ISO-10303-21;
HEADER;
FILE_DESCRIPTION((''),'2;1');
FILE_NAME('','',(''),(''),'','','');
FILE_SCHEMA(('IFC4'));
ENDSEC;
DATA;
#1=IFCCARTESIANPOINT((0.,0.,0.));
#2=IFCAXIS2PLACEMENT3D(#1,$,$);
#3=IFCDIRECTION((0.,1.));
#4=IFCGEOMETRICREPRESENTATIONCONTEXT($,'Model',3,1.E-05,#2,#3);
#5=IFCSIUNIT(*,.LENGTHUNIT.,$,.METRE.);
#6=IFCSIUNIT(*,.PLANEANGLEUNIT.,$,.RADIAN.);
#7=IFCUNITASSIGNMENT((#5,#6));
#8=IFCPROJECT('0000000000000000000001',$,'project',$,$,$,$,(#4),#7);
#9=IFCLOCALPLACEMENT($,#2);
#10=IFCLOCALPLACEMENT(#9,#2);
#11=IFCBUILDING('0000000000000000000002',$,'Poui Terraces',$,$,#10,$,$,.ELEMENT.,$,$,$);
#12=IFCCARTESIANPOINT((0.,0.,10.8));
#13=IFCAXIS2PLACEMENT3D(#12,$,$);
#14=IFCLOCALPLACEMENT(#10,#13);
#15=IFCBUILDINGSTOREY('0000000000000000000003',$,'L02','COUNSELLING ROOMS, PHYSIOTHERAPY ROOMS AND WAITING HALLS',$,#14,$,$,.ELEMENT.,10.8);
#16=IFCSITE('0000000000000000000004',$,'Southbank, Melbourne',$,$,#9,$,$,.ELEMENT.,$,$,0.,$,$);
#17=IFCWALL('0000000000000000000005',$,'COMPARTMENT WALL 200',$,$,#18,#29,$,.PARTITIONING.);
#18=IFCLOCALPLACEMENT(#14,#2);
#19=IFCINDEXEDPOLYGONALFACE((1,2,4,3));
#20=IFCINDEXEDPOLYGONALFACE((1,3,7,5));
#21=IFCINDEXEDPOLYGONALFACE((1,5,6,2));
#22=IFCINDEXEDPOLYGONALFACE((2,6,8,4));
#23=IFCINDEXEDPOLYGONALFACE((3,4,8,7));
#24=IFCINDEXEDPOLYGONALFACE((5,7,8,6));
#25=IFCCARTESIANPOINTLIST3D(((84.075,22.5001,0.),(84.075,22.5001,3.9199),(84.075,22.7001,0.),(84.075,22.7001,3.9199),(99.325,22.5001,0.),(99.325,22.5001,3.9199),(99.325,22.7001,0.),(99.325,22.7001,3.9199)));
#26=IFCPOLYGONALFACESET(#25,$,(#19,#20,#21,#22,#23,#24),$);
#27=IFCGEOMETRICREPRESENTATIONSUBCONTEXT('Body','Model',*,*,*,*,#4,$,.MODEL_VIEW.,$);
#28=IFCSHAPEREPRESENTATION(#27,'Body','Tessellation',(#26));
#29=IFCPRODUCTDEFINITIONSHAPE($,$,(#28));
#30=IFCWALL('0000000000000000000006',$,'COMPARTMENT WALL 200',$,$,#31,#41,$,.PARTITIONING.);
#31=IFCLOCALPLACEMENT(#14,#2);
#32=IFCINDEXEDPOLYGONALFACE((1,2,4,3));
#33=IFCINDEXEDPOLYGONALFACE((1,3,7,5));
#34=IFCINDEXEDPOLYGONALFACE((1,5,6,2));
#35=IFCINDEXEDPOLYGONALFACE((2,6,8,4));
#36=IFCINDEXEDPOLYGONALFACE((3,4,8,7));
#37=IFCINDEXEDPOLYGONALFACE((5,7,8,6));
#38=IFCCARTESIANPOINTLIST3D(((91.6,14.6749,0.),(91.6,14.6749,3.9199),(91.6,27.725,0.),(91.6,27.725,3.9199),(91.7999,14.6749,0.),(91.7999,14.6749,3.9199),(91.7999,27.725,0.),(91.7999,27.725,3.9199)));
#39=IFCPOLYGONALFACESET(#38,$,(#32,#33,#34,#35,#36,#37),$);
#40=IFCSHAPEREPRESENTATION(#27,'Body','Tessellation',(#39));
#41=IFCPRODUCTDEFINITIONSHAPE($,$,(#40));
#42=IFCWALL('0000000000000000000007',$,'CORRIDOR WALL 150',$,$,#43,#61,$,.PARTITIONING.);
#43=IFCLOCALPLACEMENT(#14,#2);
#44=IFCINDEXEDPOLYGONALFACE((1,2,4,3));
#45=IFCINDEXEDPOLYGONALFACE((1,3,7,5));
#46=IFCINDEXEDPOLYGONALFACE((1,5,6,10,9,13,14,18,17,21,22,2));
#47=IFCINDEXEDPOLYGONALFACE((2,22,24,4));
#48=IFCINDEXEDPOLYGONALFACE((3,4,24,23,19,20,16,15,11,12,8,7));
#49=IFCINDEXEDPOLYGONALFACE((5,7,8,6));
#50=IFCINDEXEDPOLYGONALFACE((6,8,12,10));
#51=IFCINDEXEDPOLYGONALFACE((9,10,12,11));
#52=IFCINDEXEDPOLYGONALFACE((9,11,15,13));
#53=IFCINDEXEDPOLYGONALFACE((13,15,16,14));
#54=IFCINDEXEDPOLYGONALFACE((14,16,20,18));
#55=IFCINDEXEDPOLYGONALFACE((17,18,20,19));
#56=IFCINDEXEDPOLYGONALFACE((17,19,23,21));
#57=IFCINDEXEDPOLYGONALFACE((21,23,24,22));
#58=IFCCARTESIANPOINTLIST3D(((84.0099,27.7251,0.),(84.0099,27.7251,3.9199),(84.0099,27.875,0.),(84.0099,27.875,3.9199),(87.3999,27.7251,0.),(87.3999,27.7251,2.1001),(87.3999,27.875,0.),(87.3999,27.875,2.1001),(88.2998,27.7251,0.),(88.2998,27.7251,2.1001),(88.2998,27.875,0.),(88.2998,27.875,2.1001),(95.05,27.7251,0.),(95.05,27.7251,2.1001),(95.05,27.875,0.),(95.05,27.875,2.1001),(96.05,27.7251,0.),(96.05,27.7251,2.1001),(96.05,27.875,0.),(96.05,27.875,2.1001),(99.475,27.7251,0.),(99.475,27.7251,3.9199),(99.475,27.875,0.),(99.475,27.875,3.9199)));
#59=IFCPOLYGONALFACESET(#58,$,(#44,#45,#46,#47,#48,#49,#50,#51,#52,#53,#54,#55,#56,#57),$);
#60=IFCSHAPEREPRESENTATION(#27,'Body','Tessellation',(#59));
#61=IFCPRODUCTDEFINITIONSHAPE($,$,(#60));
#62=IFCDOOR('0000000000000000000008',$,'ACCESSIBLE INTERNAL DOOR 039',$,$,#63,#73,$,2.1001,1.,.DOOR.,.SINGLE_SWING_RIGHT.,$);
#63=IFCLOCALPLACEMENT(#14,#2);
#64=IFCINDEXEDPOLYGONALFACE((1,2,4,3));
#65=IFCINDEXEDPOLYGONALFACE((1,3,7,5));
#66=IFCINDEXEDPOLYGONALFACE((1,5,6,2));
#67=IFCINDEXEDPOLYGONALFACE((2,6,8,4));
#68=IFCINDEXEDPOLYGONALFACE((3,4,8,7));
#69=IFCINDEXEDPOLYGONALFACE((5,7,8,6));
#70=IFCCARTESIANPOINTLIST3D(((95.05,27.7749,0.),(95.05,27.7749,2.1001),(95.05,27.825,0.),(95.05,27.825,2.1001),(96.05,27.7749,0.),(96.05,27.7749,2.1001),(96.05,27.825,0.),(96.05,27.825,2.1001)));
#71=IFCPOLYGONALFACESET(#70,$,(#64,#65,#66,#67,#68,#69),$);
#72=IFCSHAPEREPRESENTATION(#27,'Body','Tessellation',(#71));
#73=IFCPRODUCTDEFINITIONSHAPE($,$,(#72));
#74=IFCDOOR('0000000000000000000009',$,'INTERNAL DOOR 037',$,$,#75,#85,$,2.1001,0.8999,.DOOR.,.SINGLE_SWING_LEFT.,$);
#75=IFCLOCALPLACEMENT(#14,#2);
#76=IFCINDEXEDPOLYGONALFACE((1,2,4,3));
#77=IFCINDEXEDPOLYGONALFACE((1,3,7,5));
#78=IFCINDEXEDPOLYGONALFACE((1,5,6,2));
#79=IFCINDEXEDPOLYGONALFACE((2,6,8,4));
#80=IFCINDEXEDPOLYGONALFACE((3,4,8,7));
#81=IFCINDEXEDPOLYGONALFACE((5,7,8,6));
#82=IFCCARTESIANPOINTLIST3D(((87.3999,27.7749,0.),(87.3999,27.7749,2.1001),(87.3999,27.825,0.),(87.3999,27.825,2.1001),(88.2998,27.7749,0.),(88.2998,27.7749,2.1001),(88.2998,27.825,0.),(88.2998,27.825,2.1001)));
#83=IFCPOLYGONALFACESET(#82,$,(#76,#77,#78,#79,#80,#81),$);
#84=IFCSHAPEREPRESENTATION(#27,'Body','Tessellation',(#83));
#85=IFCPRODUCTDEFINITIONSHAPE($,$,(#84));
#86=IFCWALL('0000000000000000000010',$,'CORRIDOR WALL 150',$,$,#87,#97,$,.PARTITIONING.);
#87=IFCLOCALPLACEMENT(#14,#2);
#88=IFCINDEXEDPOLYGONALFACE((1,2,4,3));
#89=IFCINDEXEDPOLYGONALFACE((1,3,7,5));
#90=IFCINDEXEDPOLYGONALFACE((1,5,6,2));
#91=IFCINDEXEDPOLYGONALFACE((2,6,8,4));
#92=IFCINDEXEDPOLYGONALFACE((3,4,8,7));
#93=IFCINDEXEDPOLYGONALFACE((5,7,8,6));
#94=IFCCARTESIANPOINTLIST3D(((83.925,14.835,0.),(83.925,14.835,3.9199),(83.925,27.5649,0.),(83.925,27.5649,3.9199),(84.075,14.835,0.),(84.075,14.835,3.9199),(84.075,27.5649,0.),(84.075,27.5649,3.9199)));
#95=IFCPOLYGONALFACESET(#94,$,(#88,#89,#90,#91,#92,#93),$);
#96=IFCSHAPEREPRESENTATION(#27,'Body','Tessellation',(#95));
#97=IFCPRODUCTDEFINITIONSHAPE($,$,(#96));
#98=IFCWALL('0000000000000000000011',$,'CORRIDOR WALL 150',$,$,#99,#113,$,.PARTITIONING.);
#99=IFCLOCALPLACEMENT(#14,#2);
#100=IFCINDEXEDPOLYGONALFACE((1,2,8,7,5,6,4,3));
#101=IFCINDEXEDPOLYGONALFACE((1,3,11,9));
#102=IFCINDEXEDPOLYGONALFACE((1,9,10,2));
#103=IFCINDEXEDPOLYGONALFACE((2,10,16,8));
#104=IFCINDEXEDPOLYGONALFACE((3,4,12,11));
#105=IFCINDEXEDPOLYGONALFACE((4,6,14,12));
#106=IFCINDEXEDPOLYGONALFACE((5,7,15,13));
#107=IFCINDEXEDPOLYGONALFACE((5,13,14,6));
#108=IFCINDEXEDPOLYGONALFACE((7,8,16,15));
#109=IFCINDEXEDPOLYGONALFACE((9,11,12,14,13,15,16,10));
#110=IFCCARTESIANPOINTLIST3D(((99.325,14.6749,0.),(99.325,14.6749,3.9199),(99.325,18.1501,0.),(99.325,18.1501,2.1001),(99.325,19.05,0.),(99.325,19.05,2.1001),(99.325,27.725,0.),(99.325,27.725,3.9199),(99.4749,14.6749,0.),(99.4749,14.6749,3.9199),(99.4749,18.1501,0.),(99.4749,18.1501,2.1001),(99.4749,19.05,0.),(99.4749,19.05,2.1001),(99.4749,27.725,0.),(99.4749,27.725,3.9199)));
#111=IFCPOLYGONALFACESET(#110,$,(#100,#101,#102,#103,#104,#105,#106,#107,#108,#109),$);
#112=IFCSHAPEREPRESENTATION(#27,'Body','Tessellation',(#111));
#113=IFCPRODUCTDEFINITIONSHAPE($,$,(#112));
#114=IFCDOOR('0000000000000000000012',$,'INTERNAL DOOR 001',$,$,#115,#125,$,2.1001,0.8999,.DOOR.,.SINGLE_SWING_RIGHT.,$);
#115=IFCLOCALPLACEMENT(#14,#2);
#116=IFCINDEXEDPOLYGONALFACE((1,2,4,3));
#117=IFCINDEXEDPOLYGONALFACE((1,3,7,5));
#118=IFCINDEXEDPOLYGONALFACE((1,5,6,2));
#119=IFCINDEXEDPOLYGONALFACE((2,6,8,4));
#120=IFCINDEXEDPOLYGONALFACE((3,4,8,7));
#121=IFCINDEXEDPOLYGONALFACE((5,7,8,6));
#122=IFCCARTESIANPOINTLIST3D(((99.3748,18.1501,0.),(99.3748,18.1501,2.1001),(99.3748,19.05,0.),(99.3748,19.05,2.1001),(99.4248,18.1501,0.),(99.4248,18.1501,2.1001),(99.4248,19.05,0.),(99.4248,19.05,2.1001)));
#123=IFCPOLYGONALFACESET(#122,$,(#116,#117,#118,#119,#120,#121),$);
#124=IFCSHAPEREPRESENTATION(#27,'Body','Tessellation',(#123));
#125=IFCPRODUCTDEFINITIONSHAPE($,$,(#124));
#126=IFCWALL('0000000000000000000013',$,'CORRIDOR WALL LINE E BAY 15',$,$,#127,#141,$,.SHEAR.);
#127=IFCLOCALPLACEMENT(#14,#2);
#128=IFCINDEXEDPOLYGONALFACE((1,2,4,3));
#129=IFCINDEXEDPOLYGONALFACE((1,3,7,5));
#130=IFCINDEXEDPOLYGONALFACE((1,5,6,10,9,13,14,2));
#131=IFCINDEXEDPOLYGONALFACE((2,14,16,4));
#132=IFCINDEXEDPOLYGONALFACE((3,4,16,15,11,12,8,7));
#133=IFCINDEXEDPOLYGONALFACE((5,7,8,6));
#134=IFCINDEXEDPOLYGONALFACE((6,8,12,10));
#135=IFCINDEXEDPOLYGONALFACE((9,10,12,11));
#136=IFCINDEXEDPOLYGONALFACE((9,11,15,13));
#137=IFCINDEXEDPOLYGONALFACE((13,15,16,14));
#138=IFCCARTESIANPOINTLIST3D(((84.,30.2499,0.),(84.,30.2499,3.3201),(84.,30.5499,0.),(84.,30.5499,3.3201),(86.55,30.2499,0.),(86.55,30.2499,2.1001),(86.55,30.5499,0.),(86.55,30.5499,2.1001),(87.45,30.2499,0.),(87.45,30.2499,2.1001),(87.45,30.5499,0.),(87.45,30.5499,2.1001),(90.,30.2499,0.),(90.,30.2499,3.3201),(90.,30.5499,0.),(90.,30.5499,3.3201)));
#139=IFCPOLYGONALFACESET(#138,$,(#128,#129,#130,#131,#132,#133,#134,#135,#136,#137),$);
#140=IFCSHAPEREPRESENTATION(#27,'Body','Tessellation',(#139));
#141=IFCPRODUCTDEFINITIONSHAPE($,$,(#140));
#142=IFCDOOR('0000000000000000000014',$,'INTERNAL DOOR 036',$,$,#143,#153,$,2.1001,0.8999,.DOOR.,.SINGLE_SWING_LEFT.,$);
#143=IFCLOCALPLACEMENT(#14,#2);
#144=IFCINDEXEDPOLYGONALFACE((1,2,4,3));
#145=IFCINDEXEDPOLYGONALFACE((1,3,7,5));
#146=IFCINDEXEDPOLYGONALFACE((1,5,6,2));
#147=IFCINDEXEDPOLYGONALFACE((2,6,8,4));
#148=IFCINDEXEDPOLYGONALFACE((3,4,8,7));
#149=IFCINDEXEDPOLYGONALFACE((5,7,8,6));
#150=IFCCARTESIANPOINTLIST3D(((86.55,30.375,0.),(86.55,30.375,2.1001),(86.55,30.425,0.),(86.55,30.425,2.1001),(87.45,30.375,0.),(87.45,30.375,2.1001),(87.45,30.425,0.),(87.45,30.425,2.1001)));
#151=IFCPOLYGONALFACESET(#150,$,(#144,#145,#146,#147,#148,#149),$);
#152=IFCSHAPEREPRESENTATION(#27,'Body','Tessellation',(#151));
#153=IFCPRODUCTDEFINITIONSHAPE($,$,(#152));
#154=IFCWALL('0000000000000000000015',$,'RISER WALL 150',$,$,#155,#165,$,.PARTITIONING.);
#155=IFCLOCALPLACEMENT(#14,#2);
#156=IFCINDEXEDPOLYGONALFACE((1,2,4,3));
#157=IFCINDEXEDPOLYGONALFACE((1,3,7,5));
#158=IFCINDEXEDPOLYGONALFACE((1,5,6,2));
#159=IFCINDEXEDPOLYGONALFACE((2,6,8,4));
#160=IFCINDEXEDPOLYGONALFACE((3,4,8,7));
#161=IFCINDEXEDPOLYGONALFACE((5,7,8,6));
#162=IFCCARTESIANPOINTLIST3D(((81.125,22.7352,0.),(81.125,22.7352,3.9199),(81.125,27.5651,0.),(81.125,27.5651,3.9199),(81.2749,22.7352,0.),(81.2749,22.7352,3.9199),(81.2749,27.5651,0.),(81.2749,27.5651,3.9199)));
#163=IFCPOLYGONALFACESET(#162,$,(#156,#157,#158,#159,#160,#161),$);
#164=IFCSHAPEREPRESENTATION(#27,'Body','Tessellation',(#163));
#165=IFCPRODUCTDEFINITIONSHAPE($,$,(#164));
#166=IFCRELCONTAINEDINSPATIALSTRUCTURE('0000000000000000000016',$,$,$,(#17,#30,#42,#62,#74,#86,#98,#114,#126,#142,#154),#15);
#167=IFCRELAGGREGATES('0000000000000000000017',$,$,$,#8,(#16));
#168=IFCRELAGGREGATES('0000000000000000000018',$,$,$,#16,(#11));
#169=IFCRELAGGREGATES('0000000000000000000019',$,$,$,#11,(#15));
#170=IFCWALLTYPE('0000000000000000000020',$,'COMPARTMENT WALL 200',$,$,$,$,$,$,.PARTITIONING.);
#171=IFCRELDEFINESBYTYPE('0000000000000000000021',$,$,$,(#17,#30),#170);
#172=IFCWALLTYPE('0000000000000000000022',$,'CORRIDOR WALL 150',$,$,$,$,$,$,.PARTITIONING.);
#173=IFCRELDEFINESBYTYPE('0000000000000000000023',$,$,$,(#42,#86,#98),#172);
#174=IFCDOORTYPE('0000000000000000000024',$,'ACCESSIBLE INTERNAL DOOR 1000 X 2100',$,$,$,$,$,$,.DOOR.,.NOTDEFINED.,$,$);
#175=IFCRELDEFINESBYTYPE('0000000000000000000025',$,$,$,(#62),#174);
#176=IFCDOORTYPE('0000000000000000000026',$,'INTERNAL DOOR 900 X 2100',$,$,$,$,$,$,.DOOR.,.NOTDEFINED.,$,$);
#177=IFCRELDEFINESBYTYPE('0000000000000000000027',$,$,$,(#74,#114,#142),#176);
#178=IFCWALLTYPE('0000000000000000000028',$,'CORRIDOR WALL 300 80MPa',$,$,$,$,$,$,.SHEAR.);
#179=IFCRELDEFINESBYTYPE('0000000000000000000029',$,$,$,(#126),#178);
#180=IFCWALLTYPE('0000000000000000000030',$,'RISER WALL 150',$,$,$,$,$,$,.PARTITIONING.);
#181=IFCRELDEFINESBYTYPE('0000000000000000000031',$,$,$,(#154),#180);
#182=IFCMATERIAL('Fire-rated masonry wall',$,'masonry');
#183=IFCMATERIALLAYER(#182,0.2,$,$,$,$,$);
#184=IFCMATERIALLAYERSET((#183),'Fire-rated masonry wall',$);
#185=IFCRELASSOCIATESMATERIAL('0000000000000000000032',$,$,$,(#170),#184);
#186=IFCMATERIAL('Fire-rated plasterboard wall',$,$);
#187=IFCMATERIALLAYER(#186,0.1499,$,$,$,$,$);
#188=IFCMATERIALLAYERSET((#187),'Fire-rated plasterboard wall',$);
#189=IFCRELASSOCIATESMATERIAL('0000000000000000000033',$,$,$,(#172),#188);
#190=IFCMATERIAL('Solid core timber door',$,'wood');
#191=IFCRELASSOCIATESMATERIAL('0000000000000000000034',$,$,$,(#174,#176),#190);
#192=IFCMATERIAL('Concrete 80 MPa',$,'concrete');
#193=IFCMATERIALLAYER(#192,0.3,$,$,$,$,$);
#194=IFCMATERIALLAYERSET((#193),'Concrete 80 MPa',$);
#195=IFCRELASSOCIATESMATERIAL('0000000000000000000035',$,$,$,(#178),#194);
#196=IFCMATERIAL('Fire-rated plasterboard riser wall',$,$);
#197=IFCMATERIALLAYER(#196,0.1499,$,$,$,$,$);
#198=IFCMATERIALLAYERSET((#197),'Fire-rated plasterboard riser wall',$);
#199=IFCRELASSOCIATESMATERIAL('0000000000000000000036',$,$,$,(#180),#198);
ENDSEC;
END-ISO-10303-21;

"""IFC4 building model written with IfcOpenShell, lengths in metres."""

from ifc_helpers import new_model, si_unit, direction, frame, frame_2d, origin, place, context, subcontext, project, spatial, rectangle, extrude, material, layer, layer_set, type_object, element, fill, save


model = new_model("IFC4")

# Units and contexts
model_context = context("Model", 3, precision=1e-05, world=origin(), true_north=direction((0.0, 1.0)))
body_context = subcontext(model_context, "Body", "Model", "MODEL_VIEW")
ifc_project = project(units=[si_unit("LENGTHUNIT", "METRE"), si_unit("PLANEANGLEUNIT", "RADIAN")], contexts=[model_context])

# Site, building, storey
site_placement = place(None, origin())
site = spatial("IfcSite", under=ifc_project, at=site_placement, Name="Southbank, Melbourne", CompositionType="ELEMENT", RefElevation=0.0)
building_placement = place(site_placement, origin())
building = spatial("IfcBuilding", under=site, at=building_placement, Name="Poui Terraces", CompositionType="ELEMENT")
storey_placement = place(building_placement, frame((0.0, 0.0, 10.8)))
storey = spatial("IfcBuildingStorey", under=building, at=storey_placement, Name="L02", Description="COUNSELLING ROOMS, PHYSIOTHERAPY ROOMS AND WAITING HALLS", CompositionType="ELEMENT", Elevation=10.8)

# Walls
ifc_material_1 = material(Name="Fire-rated masonry wall", Category="masonry")
ifc_layer_1 = layer(ifc_material_1, 0.2)
ifc_layer_set_1 = layer_set([ifc_layer_1], Name="Fire-rated masonry wall")
wall_type_1 = type_object("IfcWallType", Name="COMPARTMENT WALL 200", PredefinedType="PARTITIONING", material=ifc_layer_set_1)
wall_1_placement = place(storey_placement, frame((84.075, 22.6001, 0.0), z_axis=(0.0, 0.0, 1.0), x_axis=(1.0, 0.0, 0.0)))
element("IfcWall", 1, at=wall_1_placement, inside=storey, type_object=wall_type_1, Name="COMPARTMENT WALL 200", PredefinedType="PARTITIONING", context=body_context, shape_type="SweptSolid", body=[
    extrude(rectangle(XDim=15.25, YDim=0.2, at=frame_2d((7.625, 0.0))), origin(), (0.0, 0.0, 1.0), 3.9199),
])
wall_2_placement = place(storey_placement, frame((91.7, 14.675, 0.0), z_axis=(0.0, 0.0, 1.0), x_axis=(0.0, 1.0, 0.0)))
element("IfcWall", 2, at=wall_2_placement, inside=storey, type_object=wall_type_1, Name="COMPARTMENT WALL 200", PredefinedType="PARTITIONING", context=body_context, shape_type="SweptSolid", body=[
    extrude(rectangle(XDim=13.05, YDim=0.2, at=frame_2d((6.5249, 0.0))), origin(), (0.0, 0.0, 1.0), 3.9199),
])

# Wall, openings, doors
ifc_material_2 = material(Name="Fire-rated plasterboard wall")
ifc_layer_2 = layer(ifc_material_2, 0.1499)
ifc_layer_set_2 = layer_set([ifc_layer_2], Name="Fire-rated plasterboard wall")
wall_type_2 = type_object("IfcWallType", Name="CORRIDOR WALL 150", PredefinedType="PARTITIONING", material=ifc_layer_set_2)
wall_3_placement = place(storey_placement, frame((84.01, 27.8, 0.0), z_axis=(0.0, 0.0, 1.0), x_axis=(1.0, 0.0, 0.0)))
wall_3 = element("IfcWall", 3, at=wall_3_placement, inside=storey, type_object=wall_type_2, Name="CORRIDOR WALL 150", PredefinedType="PARTITIONING", context=body_context, shape_type="SweptSolid", body=[
    extrude(rectangle(XDim=15.4651, YDim=0.1499, at=frame_2d((7.7324, 0.0))), origin(), (0.0, 0.0, 1.0), 3.9199),
])
opening_1_placement = place(wall_3_placement, frame((3.3899, 0.0, 0.0)))
opening_1 = element("IfcOpeningElement", 4, at=opening_1_placement, cuts=wall_3, PredefinedType="OPENING", context=body_context, shape_type="SweptSolid", body=[
    extrude(rectangle(XDim=0.8999, YDim=2.1001, at=frame_2d((0.45, 1.05))), frame((0.0, 0.085, 0.0), z_axis=(0.0, -1.0, 0.0), x_axis=(1.0, 0.0, 0.0)), (0.0, 0.0, 1.0), 0.1699),
])
opening_2_placement = place(wall_3_placement, frame((11.04, 0.0, 0.0)))
opening_2 = element("IfcOpeningElement", 5, at=opening_2_placement, cuts=wall_3, PredefinedType="OPENING", context=body_context, shape_type="SweptSolid", body=[
    extrude(rectangle(XDim=1.0, YDim=2.1001, at=frame_2d((0.5, 1.05))), frame((0.0, 0.085, 0.0), z_axis=(0.0, -1.0, 0.0), x_axis=(1.0, 0.0, 0.0)), (0.0, 0.0, 1.0), 0.1699),
])
ifc_material_3 = material(Name="Solid core timber door", Category="wood")
door_type_1 = type_object("IfcDoorType", Name="ACCESSIBLE INTERNAL DOOR 1000 X 2100", OperationType="NOTDEFINED", PredefinedType="DOOR", material=ifc_material_3)
door_1_placement = place(opening_2_placement, origin())
door_1 = element("IfcDoor", 6, at=door_1_placement, inside=storey, type_object=door_type_1, Name="ACCESSIBLE INTERNAL DOOR 039", OperationType="SINGLE_SWING_RIGHT", OverallHeight=2.1001, OverallWidth=1.0, PredefinedType="DOOR", context=body_context, shape_type="SweptSolid", body=[
    extrude(rectangle(XDim=1.0, YDim=2.1001, at=frame_2d((0.5, 1.05))), frame((0.0, 0.0249, 0.0), z_axis=(0.0, -1.0, 0.0), x_axis=(1.0, 0.0, 0.0)), (0.0, 0.0, 1.0), 0.05),
])
fill(opening_2, door_1)
door_type_2 = type_object("IfcDoorType", Name="INTERNAL DOOR 900 X 2100", OperationType="NOTDEFINED", PredefinedType="DOOR", material=ifc_material_3)
door_2_placement = place(opening_1_placement, origin())
door_2 = element("IfcDoor", 7, at=door_2_placement, inside=storey, type_object=door_type_2, Name="INTERNAL DOOR 037", OperationType="SINGLE_SWING_LEFT", OverallHeight=2.1001, OverallWidth=0.8999, PredefinedType="DOOR", context=body_context, shape_type="SweptSolid", body=[
    extrude(rectangle(XDim=0.8999, YDim=2.1001, at=frame_2d((0.45, 1.05))), frame((0.0, 0.0249, 0.0), z_axis=(0.0, -1.0, 0.0), x_axis=(1.0, 0.0, 0.0)), (0.0, 0.0, 1.0), 0.05),
])
fill(opening_1, door_2)

# Wall
wall_4_placement = place(storey_placement, frame((84.0, 14.835, 0.0), z_axis=(0.0, 0.0, 1.0), x_axis=(0.0, 1.0, 0.0)))
element("IfcWall", 8, at=wall_4_placement, inside=storey, type_object=wall_type_2, Name="CORRIDOR WALL 150", PredefinedType="PARTITIONING", context=body_context, shape_type="SweptSolid", body=[
    extrude(rectangle(XDim=12.73, YDim=0.1499, at=frame_2d((6.365, 0.0))), origin(), (0.0, 0.0, 1.0), 3.9199),
])

# Walls, openings, doors
wall_5_placement = place(storey_placement, frame((99.3999, 14.675, 0.0), z_axis=(0.0, 0.0, 1.0), x_axis=(0.0, 1.0, 0.0)))
wall_5 = element("IfcWall", 9, at=wall_5_placement, inside=storey, type_object=wall_type_2, Name="CORRIDOR WALL 150", PredefinedType="PARTITIONING", context=body_context, shape_type="SweptSolid", body=[
    extrude(rectangle(XDim=13.05, YDim=0.1499, at=frame_2d((6.5249, 0.0))), origin(), (0.0, 0.0, 1.0), 3.9199),
])
opening_3_placement = place(wall_5_placement, frame((3.4751, 0.0, 0.0)))
opening_3 = element("IfcOpeningElement", 10, at=opening_3_placement, cuts=wall_5, PredefinedType="OPENING", context=body_context, shape_type="SweptSolid", body=[
    extrude(rectangle(XDim=0.8999, YDim=2.1001, at=frame_2d((0.45, 1.05))), frame((0.0, 0.085, 0.0), z_axis=(0.0, -1.0, 0.0), x_axis=(1.0, 0.0, 0.0)), (0.0, 0.0, 1.0), 0.1699),
])
door_3_placement = place(opening_3_placement, frame((0.8999, 0.0, 0.0), z_axis=(0.0, 0.0, 1.0), x_axis=(-1.0, 0.0, 0.0)))
door_3 = element("IfcDoor", 11, at=door_3_placement, inside=storey, type_object=door_type_2, Name="INTERNAL DOOR 001", OperationType="SINGLE_SWING_RIGHT", OverallHeight=2.1001, OverallWidth=0.8999, PredefinedType="DOOR", context=body_context, shape_type="SweptSolid", body=[
    extrude(rectangle(XDim=0.8999, YDim=2.1001, at=frame_2d((0.45, 1.05))), frame((0.0, 0.0249, 0.0), z_axis=(0.0, -1.0, 0.0), x_axis=(1.0, 0.0, 0.0)), (0.0, 0.0, 1.0), 0.05),
])
fill(opening_3, door_3)
ifc_material_4 = material(Name="Concrete 80 MPa", Category="concrete")
ifc_layer_3 = layer(ifc_material_4, 0.3)
ifc_layer_set_3 = layer_set([ifc_layer_3], Name="Concrete 80 MPa")
wall_type_3 = type_object("IfcWallType", Name="CORRIDOR WALL 300 80MPa", PredefinedType="SHEAR", material=ifc_layer_set_3)
wall_6_placement = place(storey_placement, frame((84.0, 30.3999, 0.0), z_axis=(0.0, 0.0, 1.0), x_axis=(1.0, 0.0, 0.0)))
wall_6 = element("IfcWall", 12, at=wall_6_placement, inside=storey, type_object=wall_type_3, Name="CORRIDOR WALL LINE E BAY 15", PredefinedType="SHEAR", context=body_context, shape_type="SweptSolid", body=[
    extrude(rectangle(XDim=6.0, YDim=0.3, at=frame_2d((3.0, 0.0))), origin(), (0.0, 0.0, 1.0), 3.3201),
])
opening_4_placement = place(wall_6_placement, frame((2.55, 0.0, 0.0)))
opening_4 = element("IfcOpeningElement", 13, at=opening_4_placement, cuts=wall_6, PredefinedType="OPENING", context=body_context, shape_type="SweptSolid", body=[
    extrude(rectangle(XDim=0.8999, YDim=2.1001, at=frame_2d((0.45, 1.05))), frame((0.0, 0.1602, 0.0), z_axis=(0.0, -1.0, 0.0), x_axis=(1.0, 0.0, 0.0)), (0.0, 0.0, 1.0), 0.3201),
])
door_4_placement = place(opening_4_placement, frame((0.8999, 0.0, 0.0), z_axis=(0.0, 0.0, 1.0), x_axis=(-1.0, 0.0, 0.0)))
door_4 = element("IfcDoor", 14, at=door_4_placement, inside=storey, type_object=door_type_2, Name="INTERNAL DOOR 036", OperationType="SINGLE_SWING_LEFT", OverallHeight=2.1001, OverallWidth=0.8999, PredefinedType="DOOR", context=body_context, shape_type="SweptSolid", body=[
    extrude(rectangle(XDim=0.8999, YDim=2.1001, at=frame_2d((0.45, 1.05))), frame((0.0, 0.0249, 0.0), z_axis=(0.0, -1.0, 0.0), x_axis=(1.0, 0.0, 0.0)), (0.0, 0.0, 1.0), 0.05),
])
fill(opening_4, door_4)

# Wall
ifc_material_5 = material(Name="Fire-rated plasterboard riser wall")
ifc_layer_4 = layer(ifc_material_5, 0.1499)
ifc_layer_set_4 = layer_set([ifc_layer_4], Name="Fire-rated plasterboard riser wall")
wall_type_4 = type_object("IfcWallType", Name="RISER WALL 150", PredefinedType="PARTITIONING", material=ifc_layer_set_4)
wall_7_placement = place(storey_placement, frame((81.2, 22.7351, 0.0), z_axis=(0.0, 0.0, 1.0), x_axis=(0.0, 1.0, 0.0)))
element("IfcWall", 15, at=wall_7_placement, inside=storey, type_object=wall_type_4, Name="RISER WALL 150", PredefinedType="PARTITIONING", context=body_context, shape_type="SweptSolid", body=[
    extrude(rectangle(XDim=4.8298, YDim=0.1499, at=frame_2d((2.415, 0.0))), origin(), (0.0, 0.0, 1.0), 3.9199),
])

save(model, "model.ifc")
